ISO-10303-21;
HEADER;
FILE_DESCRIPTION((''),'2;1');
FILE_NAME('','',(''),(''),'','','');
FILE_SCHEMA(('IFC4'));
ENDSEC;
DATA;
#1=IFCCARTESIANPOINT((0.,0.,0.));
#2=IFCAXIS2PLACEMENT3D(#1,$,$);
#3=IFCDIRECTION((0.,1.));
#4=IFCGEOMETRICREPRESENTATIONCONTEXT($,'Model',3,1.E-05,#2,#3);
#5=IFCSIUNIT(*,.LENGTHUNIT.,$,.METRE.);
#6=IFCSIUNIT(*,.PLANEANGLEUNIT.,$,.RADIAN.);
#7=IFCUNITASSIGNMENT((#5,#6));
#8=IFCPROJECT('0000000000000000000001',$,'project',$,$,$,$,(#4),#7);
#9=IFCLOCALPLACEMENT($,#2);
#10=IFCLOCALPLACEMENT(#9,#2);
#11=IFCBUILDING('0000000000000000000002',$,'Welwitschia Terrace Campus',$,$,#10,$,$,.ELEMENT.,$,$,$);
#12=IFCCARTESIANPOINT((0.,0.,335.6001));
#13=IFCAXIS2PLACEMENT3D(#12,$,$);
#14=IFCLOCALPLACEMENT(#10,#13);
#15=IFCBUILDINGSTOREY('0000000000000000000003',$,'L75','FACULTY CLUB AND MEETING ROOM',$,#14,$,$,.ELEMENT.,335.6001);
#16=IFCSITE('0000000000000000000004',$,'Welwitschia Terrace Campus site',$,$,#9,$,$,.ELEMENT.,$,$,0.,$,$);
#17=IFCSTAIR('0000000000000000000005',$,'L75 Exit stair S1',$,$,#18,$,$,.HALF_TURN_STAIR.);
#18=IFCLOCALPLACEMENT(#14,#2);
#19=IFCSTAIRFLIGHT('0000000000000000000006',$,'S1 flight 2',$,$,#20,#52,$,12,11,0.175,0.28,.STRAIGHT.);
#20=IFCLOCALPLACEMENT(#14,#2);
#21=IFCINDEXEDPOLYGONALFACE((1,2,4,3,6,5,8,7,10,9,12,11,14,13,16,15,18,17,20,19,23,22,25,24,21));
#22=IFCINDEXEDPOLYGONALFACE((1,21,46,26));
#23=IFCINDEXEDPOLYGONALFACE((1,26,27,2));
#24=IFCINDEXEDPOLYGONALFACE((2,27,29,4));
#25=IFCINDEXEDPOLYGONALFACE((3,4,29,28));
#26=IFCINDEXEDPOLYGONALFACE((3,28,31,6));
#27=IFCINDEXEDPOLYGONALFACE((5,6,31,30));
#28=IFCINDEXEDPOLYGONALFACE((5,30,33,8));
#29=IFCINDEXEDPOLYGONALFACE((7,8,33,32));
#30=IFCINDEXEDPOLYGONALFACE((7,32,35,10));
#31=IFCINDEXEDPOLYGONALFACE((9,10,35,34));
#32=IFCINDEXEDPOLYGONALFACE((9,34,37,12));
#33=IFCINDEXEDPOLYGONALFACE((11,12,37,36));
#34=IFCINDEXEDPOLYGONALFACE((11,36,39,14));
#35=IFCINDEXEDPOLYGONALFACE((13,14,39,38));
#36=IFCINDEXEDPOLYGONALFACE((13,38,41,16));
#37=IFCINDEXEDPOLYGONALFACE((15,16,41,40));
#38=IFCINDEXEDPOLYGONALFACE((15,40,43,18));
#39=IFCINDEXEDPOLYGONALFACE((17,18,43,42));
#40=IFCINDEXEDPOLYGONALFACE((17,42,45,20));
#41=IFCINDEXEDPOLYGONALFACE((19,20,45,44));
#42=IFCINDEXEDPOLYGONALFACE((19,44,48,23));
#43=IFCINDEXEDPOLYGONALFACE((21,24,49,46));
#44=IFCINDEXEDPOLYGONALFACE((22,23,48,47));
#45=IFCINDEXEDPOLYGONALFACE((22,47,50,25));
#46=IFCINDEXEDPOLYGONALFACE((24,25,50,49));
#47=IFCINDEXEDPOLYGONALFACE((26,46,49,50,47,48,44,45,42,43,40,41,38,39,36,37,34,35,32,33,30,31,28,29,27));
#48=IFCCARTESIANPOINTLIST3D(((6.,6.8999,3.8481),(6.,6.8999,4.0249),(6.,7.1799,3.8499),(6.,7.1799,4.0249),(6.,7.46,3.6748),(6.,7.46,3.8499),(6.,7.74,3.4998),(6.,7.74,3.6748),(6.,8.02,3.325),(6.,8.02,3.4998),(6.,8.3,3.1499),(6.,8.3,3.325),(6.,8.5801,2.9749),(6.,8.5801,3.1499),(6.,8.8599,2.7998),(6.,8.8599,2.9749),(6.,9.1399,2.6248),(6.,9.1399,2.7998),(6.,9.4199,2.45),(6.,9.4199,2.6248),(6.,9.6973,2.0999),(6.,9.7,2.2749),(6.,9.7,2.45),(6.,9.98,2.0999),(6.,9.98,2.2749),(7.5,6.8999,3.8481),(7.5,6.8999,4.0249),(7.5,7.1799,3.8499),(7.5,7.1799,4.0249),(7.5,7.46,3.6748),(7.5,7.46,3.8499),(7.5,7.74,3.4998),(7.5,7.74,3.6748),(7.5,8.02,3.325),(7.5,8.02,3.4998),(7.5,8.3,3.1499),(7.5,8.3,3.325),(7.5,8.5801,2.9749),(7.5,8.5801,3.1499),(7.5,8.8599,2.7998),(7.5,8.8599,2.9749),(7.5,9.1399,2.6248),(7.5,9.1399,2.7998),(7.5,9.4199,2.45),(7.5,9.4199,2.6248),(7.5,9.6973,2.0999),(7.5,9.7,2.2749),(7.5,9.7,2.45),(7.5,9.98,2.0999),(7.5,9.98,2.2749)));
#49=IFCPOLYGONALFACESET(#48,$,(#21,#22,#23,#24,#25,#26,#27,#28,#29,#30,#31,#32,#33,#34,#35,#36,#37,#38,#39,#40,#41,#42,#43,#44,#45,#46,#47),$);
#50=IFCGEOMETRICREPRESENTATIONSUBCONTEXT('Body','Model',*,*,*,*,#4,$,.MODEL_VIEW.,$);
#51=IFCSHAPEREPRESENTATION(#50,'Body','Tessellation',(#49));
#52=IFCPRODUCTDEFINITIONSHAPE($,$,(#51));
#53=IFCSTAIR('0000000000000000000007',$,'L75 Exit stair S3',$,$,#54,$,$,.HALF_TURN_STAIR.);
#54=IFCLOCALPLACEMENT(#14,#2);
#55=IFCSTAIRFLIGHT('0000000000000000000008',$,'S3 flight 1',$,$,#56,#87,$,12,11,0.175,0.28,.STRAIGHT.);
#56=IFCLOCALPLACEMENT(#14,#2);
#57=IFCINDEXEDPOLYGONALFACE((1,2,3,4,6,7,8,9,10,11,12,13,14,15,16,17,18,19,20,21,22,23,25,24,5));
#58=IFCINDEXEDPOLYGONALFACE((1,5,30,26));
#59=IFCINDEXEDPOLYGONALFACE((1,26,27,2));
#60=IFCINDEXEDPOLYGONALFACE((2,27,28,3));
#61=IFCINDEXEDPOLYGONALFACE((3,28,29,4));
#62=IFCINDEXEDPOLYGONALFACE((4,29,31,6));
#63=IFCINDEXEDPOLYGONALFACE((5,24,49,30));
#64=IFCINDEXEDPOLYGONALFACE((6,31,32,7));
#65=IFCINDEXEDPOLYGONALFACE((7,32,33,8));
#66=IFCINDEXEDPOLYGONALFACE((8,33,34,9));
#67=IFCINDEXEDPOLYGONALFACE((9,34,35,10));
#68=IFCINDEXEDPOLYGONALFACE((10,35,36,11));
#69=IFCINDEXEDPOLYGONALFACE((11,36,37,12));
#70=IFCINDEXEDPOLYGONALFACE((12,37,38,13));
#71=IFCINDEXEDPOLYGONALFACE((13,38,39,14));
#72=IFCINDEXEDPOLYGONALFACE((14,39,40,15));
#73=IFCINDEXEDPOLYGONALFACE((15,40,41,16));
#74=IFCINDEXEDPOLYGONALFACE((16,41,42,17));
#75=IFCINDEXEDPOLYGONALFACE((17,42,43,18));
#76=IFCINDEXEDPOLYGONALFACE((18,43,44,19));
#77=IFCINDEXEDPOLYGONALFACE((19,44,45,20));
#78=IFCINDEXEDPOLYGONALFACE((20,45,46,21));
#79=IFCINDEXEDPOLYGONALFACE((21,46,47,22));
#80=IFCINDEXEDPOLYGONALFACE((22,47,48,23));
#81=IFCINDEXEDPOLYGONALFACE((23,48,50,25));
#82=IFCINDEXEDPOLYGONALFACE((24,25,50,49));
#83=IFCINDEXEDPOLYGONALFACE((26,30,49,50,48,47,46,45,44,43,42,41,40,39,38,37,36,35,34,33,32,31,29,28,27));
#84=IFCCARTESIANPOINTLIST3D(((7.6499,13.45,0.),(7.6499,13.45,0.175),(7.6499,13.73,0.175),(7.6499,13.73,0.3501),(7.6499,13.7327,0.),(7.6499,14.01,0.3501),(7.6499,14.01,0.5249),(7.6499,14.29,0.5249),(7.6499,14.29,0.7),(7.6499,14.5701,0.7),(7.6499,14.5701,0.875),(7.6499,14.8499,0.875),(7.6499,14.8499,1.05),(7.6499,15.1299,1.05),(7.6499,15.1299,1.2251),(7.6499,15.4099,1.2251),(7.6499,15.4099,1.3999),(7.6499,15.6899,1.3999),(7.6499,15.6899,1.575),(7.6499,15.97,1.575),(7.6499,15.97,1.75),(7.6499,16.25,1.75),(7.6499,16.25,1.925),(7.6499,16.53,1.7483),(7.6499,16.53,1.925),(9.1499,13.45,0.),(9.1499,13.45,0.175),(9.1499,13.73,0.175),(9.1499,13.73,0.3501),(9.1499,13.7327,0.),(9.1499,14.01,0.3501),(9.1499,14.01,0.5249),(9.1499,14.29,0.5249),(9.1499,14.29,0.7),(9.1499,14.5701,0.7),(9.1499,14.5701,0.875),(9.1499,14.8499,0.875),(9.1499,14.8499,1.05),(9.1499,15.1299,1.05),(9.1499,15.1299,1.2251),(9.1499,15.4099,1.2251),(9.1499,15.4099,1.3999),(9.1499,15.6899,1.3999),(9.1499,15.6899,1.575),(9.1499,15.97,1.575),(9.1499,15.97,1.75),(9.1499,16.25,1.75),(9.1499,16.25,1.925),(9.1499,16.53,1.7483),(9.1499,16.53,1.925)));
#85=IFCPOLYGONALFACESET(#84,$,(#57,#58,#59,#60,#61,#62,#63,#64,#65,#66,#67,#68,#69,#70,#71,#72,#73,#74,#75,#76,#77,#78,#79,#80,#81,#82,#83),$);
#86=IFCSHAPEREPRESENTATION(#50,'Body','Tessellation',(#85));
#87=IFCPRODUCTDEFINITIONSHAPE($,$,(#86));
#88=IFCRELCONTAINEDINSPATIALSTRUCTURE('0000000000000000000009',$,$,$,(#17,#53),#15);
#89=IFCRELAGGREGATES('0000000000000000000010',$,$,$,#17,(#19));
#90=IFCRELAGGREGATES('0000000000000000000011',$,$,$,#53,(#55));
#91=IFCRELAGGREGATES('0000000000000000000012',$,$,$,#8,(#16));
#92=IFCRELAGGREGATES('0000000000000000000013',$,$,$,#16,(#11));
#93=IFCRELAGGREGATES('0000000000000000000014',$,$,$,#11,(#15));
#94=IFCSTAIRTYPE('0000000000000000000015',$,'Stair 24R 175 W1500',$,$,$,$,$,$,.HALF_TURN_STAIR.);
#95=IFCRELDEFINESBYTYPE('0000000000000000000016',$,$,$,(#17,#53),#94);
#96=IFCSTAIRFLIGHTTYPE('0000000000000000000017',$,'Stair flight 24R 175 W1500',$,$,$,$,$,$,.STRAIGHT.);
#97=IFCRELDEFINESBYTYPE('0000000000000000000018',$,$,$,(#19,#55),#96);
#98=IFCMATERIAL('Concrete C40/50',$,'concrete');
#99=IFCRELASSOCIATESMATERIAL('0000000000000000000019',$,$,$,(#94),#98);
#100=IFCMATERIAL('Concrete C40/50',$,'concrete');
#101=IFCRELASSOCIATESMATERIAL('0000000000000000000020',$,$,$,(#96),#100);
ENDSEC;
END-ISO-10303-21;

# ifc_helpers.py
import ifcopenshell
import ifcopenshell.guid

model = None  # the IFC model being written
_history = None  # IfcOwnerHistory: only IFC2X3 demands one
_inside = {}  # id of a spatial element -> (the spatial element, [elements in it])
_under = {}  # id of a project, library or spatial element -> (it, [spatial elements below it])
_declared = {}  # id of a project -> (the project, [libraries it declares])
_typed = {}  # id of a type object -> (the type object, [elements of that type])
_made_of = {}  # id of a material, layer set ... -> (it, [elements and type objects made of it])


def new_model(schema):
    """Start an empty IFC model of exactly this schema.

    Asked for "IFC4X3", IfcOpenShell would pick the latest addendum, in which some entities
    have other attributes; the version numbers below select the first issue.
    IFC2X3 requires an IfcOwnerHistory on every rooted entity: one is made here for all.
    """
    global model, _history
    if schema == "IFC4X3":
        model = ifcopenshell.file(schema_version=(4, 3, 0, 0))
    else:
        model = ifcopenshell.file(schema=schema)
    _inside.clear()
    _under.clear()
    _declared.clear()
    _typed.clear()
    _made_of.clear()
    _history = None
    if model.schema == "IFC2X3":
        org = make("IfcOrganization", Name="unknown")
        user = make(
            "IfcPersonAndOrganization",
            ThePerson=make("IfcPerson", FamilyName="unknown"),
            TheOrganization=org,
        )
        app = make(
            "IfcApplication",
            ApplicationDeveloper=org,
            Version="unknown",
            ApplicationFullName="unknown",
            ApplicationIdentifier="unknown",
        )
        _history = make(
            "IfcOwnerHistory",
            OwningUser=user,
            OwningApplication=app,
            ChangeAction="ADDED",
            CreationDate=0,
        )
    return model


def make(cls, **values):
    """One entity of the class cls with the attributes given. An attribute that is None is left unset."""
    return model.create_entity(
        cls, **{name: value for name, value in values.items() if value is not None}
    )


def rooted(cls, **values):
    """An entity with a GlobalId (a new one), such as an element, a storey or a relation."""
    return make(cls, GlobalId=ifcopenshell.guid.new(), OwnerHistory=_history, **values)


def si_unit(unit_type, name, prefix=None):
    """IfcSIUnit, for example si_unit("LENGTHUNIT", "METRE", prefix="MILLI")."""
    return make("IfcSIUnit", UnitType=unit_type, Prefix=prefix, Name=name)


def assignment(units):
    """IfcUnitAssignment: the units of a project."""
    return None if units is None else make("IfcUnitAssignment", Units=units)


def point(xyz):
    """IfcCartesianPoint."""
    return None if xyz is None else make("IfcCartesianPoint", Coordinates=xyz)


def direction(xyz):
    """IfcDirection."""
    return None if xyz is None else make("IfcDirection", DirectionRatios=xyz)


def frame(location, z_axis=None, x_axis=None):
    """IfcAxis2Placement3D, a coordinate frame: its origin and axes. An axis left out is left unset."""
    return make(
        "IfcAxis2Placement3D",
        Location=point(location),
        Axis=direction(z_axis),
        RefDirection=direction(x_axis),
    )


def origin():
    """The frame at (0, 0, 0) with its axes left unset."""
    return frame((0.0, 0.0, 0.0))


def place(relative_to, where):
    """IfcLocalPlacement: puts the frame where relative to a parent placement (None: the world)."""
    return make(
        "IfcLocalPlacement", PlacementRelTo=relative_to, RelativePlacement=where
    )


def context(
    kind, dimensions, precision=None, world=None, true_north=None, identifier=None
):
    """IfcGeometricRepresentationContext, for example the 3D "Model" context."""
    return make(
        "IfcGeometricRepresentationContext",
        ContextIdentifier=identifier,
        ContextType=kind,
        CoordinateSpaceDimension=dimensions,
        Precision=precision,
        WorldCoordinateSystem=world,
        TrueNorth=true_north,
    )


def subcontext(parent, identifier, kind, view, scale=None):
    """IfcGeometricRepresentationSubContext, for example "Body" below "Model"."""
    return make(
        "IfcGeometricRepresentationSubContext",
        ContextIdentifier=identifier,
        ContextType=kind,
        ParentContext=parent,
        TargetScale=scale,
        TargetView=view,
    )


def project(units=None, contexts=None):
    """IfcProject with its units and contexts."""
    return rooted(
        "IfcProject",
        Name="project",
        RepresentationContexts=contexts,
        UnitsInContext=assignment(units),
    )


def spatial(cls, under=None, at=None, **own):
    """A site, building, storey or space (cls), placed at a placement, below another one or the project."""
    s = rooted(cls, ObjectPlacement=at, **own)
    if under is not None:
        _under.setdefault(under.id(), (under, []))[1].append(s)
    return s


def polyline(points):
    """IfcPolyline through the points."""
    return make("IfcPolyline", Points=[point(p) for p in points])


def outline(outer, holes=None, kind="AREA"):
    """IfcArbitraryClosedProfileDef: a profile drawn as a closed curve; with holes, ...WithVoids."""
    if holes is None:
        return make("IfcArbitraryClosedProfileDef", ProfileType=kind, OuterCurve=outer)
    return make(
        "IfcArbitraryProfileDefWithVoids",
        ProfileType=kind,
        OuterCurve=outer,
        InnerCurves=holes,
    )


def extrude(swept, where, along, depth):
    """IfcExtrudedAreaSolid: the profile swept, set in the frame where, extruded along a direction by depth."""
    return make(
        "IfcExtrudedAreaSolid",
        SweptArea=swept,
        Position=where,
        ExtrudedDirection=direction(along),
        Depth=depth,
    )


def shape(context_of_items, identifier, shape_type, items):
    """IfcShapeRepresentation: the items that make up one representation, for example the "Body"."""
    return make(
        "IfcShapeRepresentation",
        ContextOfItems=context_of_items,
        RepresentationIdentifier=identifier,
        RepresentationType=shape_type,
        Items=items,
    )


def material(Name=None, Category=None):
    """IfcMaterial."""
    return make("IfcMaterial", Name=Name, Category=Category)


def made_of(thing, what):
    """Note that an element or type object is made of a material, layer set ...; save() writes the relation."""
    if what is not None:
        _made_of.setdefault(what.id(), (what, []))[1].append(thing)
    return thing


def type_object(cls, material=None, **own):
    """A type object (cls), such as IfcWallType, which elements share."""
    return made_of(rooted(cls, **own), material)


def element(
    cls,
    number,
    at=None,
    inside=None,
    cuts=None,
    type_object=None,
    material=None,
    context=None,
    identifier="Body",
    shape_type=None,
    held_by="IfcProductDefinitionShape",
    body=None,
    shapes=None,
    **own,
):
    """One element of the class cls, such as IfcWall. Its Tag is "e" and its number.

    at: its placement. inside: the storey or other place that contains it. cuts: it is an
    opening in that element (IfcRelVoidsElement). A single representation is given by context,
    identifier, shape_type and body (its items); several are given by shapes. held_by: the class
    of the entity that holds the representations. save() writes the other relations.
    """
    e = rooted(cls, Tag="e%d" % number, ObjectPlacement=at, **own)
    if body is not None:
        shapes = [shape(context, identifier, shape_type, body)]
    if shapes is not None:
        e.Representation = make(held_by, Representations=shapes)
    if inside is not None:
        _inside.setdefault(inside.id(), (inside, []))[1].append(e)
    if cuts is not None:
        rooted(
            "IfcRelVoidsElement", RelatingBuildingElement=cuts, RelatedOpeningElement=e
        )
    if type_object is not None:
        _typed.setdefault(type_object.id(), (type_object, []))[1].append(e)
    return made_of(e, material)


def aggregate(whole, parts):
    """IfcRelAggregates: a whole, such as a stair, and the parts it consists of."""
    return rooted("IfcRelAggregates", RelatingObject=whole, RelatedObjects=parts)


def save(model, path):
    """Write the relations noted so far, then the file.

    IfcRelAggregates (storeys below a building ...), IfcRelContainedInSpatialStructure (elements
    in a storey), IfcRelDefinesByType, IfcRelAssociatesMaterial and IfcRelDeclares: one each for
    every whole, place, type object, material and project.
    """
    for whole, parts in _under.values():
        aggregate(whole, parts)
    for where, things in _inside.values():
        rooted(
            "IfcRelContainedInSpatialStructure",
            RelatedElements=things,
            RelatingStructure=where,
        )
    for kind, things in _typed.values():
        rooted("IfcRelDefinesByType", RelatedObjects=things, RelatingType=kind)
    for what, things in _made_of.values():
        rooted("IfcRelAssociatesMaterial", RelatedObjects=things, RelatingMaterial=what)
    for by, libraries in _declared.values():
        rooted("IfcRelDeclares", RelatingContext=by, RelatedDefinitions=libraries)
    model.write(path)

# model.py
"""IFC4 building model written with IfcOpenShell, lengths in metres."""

from ifc_helpers import new_model, si_unit, direction, frame, origin, place, context, subcontext, project, spatial, polyline, outline, extrude, material, type_object, element, aggregate, save


model = new_model("IFC4")

# Units and contexts
model_context = context("Model", 3, precision=1e-05, world=origin(), true_north=direction((0.0, 1.0)))
body_context = subcontext(model_context, "Body", "Model", "MODEL_VIEW")
ifc_project = project(units=[si_unit("LENGTHUNIT", "METRE"), si_unit("PLANEANGLEUNIT", "RADIAN")], contexts=[model_context])

# Site, building, storey
site_placement = place(None, origin())
site = spatial("IfcSite", under=ifc_project, at=site_placement, Name="Welwitschia Terrace Campus site", CompositionType="ELEMENT", RefElevation=0.0)
building_placement = place(site_placement, origin())
building = spatial("IfcBuilding", under=site, at=building_placement, Name="Welwitschia Terrace Campus", CompositionType="ELEMENT")
storey_placement = place(building_placement, frame((0.0, 0.0, 335.6001)))
storey = spatial("IfcBuildingStorey", under=building, at=storey_placement, Name="L75", Description="FACULTY CLUB AND MEETING ROOM", CompositionType="ELEMENT", Elevation=335.6001)

# Stair, stair flight
ifc_material_1 = material(Name="Concrete C40/50", Category="concrete")
stair_type = type_object("IfcStairType", Name="Stair 24R 175 W1500", PredefinedType="HALF_TURN_STAIR", material=ifc_material_1)
stair_1_placement = place(storey_placement, origin())
stair_1 = element("IfcStair", 1, at=stair_1_placement, inside=storey, type_object=stair_type, Name="L75 Exit stair S1", PredefinedType="HALF_TURN_STAIR")
ifc_material_2 = material(Name="Concrete C40/50", Category="concrete")
stair_flight_type = type_object("IfcStairFlightType", Name="Stair flight 24R 175 W1500", PredefinedType="STRAIGHT", material=ifc_material_2)
stair_flight_1_placement = place(storey_placement, frame((6.75, 9.98, 2.0999), z_axis=(0.0, 0.0, 1.0), x_axis=(0.0, -1.0, 0.0)))
stair_flight_1 = element("IfcStairFlight", 2, at=stair_flight_1_placement, type_object=stair_flight_type, Name="S1 flight 2", NumberOfRisers=12, NumberOfTreads=11, PredefinedType="STRAIGHT", RiserHeight=0.175, TreadLength=0.28, context=body_context, shape_type="SweptSolid", body=[
    extrude(outline(polyline([(0.0, 0.0), (0.0, 0.175), (0.28, 0.175), (0.28, 0.3501), (0.5601, 0.3501), (0.5601, 0.5249), (0.8401, 0.5249), (0.8401, 0.7), (1.1201, 0.7), (1.1201, 0.875), (1.3999, 0.875), (1.3999, 1.05), (1.6799, 1.05), (1.6799, 1.2251), (1.96, 1.2251), (1.96, 1.3999), (2.24, 1.3999), (2.24, 1.575), (2.52, 1.575), (2.52, 1.75), (2.8, 1.75), (2.8, 1.925), (3.0801, 1.925), (3.0801, 2.1001), (3.0801, 1.7483), (0.2827, 0.0), (0.0, 0.0)])), frame((0.0, 0.75, 0.0), z_axis=(0.0, -1.0, 0.0), x_axis=(1.0, 0.0, 0.0)), (0.0, 0.0, 1.0), 1.5),
])
aggregate(stair_1, [stair_flight_1])

# Stair, stair flight
stair_2_placement = place(storey_placement, origin())
stair_2 = element("IfcStair", 3, at=stair_2_placement, inside=storey, type_object=stair_type, Name="L75 Exit stair S3", PredefinedType="HALF_TURN_STAIR")
stair_flight_2_placement = place(storey_placement, frame((8.3999, 13.45, 0.0), z_axis=(0.0, 0.0, 1.0), x_axis=(0.0, 1.0, 0.0)))
stair_flight_2 = element("IfcStairFlight", 4, at=stair_flight_2_placement, type_object=stair_flight_type, Name="S3 flight 1", NumberOfRisers=12, NumberOfTreads=11, PredefinedType="STRAIGHT", RiserHeight=0.175, TreadLength=0.28, context=body_context, shape_type="SweptSolid", body=[
    extrude(outline(polyline([(0.0, 0.0), (0.0, 0.175), (0.28, 0.175), (0.28, 0.3501), (0.5601, 0.3501), (0.5601, 0.5249), (0.8401, 0.5249), (0.8401, 0.7), (1.1201, 0.7), (1.1201, 0.875), (1.3999, 0.875), (1.3999, 1.05), (1.6799, 1.05), (1.6799, 1.2251), (1.96, 1.2251), (1.96, 1.3999), (2.24, 1.3999), (2.24, 1.575), (2.52, 1.575), (2.52, 1.75), (2.8, 1.75), (2.8, 1.925), (3.0801, 1.925), (3.0801, 2.1001), (3.0801, 1.7483), (0.2827, 0.0), (0.0, 0.0)])), frame((0.0, 0.75, 0.0), z_axis=(0.0, -1.0, 0.0), x_axis=(1.0, 0.0, 0.0)), (0.0, 0.0, 1.0), 1.5),
])
aggregate(stair_2, [stair_flight_2])

save(model, "model.ifc")
